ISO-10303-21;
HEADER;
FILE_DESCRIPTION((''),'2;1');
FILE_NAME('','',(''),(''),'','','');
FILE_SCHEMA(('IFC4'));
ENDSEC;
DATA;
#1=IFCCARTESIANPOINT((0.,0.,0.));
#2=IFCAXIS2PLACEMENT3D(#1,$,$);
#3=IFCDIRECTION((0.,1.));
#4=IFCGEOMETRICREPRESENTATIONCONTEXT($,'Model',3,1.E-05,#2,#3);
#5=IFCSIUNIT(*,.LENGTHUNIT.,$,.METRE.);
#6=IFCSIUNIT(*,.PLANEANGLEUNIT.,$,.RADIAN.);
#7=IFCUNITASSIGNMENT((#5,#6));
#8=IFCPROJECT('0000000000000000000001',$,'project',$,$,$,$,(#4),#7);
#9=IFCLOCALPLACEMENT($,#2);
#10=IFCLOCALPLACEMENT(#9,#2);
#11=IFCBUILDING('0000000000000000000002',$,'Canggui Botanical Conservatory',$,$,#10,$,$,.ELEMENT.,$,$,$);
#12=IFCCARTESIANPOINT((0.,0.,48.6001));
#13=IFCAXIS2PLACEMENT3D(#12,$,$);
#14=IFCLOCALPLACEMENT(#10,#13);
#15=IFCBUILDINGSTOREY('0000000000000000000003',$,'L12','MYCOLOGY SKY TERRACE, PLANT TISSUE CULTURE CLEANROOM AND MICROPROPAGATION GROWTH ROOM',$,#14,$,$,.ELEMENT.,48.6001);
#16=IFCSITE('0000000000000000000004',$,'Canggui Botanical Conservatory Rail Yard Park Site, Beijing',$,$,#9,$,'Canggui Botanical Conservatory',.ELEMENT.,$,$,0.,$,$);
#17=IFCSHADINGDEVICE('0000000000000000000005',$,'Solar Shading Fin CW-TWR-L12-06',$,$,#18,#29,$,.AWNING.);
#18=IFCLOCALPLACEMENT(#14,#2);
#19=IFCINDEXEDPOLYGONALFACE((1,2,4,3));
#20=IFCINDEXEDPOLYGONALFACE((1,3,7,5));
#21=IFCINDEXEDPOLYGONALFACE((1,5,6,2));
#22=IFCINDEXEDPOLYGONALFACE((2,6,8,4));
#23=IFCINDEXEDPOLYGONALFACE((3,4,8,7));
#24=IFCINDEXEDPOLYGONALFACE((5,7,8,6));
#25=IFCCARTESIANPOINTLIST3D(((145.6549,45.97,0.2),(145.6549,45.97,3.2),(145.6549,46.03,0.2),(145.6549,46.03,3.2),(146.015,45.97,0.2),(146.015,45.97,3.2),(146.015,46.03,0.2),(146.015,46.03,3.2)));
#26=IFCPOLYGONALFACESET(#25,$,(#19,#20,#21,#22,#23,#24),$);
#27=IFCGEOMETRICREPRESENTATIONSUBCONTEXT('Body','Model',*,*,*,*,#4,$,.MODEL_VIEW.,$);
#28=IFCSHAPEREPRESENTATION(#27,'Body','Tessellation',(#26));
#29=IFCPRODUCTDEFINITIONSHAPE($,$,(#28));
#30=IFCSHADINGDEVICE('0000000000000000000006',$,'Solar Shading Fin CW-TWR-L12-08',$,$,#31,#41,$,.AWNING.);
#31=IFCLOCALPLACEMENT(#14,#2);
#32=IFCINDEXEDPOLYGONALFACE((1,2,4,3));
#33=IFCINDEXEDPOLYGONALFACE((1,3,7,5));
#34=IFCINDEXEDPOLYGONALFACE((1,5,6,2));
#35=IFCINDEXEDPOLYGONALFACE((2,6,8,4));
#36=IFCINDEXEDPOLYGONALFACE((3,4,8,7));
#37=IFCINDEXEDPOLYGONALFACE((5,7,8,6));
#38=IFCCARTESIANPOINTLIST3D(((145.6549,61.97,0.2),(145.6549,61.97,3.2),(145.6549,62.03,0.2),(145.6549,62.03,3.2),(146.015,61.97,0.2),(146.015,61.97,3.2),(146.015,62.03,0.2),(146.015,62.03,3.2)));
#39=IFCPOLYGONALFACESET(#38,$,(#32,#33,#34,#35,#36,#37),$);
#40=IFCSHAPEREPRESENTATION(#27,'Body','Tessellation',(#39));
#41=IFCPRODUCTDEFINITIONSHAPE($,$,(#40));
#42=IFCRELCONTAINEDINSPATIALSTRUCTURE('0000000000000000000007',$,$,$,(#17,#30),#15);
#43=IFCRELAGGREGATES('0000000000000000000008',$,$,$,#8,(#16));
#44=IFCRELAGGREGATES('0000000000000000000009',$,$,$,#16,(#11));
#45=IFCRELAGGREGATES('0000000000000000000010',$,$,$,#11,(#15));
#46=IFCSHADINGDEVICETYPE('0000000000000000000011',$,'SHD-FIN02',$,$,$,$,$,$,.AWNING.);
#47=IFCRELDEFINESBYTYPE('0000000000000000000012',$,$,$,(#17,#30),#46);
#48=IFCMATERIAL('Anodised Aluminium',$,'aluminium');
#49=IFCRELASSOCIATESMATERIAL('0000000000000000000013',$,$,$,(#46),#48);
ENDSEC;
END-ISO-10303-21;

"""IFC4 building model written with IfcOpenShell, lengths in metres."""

from ifc_helpers import new_model, si_unit, direction, frame, origin, origin_2d, place, context, subcontext, project, spatial, rectangle, extrude, material, type_object, element, save


model = new_model("IFC4")

# Units and contexts
model_context = context("Model", 3, precision=1e-05, world=origin(), true_north=direction((0.0, 1.0)))
body_context = subcontext(model_context, "Body", "Model", "MODEL_VIEW")
ifc_project = project(units=[si_unit("LENGTHUNIT", "METRE"), si_unit("PLANEANGLEUNIT", "RADIAN")], contexts=[model_context])

# Site, building, storey
site_placement = place(None, origin())
site = spatial("IfcSite", under=ifc_project, at=site_placement, Name="Canggui Botanical Conservatory Rail Yard Park Site, Beijing", LongName="Canggui Botanical Conservatory", CompositionType="ELEMENT", RefElevation=0.0)
building_placement = place(site_placement, origin())
building = spatial("IfcBuilding", under=site, at=building_placement, Name="Canggui Botanical Conservatory", CompositionType="ELEMENT")
storey_placement = place(building_placement, frame((0.0, 0.0, 48.6001)))
storey = spatial("IfcBuildingStorey", under=building, at=storey_placement, Name="L12", Description="MYCOLOGY SKY TERRACE, PLANT TISSUE CULTURE CLEANROOM AND MICROPROPAGATION GROWTH ROOM", CompositionType="ELEMENT", Elevation=48.6001)

# Shading devices
ifc_material_1 = material(Name="Anodised Aluminium", Category="aluminium")
shading_device_type = type_object("IfcShadingDeviceType", Name="SHD-FIN02", PredefinedType="AWNING", material=ifc_material_1)
for number, where, z_axis, x_axis, name in (
    (1, (145.835, 46.0, 0.2), (0.0, 0.0, 1.0), (0.0, 1.0, 0.0), "Solar Shading Fin CW-TWR-L12-06"),
    (2, (145.835, 62.0, 0.2), (0.0, 0.0, 1.0), (0.0, 1.0, 0.0), "Solar Shading Fin CW-TWR-L12-08"),
):
    element("IfcShadingDevice", number, at=place(storey_placement, frame(where, z_axis=z_axis, x_axis=x_axis)), inside=storey, type_object=shading_device_type, Name=name, PredefinedType="AWNING", context=body_context, shape_type="SweptSolid", body=[
        extrude(rectangle(XDim=0.0601, YDim=0.3601, at=origin_2d()), origin(), (0.0, 0.0, 1.0), 3.0),
    ])

save(model, "model.ifc")
